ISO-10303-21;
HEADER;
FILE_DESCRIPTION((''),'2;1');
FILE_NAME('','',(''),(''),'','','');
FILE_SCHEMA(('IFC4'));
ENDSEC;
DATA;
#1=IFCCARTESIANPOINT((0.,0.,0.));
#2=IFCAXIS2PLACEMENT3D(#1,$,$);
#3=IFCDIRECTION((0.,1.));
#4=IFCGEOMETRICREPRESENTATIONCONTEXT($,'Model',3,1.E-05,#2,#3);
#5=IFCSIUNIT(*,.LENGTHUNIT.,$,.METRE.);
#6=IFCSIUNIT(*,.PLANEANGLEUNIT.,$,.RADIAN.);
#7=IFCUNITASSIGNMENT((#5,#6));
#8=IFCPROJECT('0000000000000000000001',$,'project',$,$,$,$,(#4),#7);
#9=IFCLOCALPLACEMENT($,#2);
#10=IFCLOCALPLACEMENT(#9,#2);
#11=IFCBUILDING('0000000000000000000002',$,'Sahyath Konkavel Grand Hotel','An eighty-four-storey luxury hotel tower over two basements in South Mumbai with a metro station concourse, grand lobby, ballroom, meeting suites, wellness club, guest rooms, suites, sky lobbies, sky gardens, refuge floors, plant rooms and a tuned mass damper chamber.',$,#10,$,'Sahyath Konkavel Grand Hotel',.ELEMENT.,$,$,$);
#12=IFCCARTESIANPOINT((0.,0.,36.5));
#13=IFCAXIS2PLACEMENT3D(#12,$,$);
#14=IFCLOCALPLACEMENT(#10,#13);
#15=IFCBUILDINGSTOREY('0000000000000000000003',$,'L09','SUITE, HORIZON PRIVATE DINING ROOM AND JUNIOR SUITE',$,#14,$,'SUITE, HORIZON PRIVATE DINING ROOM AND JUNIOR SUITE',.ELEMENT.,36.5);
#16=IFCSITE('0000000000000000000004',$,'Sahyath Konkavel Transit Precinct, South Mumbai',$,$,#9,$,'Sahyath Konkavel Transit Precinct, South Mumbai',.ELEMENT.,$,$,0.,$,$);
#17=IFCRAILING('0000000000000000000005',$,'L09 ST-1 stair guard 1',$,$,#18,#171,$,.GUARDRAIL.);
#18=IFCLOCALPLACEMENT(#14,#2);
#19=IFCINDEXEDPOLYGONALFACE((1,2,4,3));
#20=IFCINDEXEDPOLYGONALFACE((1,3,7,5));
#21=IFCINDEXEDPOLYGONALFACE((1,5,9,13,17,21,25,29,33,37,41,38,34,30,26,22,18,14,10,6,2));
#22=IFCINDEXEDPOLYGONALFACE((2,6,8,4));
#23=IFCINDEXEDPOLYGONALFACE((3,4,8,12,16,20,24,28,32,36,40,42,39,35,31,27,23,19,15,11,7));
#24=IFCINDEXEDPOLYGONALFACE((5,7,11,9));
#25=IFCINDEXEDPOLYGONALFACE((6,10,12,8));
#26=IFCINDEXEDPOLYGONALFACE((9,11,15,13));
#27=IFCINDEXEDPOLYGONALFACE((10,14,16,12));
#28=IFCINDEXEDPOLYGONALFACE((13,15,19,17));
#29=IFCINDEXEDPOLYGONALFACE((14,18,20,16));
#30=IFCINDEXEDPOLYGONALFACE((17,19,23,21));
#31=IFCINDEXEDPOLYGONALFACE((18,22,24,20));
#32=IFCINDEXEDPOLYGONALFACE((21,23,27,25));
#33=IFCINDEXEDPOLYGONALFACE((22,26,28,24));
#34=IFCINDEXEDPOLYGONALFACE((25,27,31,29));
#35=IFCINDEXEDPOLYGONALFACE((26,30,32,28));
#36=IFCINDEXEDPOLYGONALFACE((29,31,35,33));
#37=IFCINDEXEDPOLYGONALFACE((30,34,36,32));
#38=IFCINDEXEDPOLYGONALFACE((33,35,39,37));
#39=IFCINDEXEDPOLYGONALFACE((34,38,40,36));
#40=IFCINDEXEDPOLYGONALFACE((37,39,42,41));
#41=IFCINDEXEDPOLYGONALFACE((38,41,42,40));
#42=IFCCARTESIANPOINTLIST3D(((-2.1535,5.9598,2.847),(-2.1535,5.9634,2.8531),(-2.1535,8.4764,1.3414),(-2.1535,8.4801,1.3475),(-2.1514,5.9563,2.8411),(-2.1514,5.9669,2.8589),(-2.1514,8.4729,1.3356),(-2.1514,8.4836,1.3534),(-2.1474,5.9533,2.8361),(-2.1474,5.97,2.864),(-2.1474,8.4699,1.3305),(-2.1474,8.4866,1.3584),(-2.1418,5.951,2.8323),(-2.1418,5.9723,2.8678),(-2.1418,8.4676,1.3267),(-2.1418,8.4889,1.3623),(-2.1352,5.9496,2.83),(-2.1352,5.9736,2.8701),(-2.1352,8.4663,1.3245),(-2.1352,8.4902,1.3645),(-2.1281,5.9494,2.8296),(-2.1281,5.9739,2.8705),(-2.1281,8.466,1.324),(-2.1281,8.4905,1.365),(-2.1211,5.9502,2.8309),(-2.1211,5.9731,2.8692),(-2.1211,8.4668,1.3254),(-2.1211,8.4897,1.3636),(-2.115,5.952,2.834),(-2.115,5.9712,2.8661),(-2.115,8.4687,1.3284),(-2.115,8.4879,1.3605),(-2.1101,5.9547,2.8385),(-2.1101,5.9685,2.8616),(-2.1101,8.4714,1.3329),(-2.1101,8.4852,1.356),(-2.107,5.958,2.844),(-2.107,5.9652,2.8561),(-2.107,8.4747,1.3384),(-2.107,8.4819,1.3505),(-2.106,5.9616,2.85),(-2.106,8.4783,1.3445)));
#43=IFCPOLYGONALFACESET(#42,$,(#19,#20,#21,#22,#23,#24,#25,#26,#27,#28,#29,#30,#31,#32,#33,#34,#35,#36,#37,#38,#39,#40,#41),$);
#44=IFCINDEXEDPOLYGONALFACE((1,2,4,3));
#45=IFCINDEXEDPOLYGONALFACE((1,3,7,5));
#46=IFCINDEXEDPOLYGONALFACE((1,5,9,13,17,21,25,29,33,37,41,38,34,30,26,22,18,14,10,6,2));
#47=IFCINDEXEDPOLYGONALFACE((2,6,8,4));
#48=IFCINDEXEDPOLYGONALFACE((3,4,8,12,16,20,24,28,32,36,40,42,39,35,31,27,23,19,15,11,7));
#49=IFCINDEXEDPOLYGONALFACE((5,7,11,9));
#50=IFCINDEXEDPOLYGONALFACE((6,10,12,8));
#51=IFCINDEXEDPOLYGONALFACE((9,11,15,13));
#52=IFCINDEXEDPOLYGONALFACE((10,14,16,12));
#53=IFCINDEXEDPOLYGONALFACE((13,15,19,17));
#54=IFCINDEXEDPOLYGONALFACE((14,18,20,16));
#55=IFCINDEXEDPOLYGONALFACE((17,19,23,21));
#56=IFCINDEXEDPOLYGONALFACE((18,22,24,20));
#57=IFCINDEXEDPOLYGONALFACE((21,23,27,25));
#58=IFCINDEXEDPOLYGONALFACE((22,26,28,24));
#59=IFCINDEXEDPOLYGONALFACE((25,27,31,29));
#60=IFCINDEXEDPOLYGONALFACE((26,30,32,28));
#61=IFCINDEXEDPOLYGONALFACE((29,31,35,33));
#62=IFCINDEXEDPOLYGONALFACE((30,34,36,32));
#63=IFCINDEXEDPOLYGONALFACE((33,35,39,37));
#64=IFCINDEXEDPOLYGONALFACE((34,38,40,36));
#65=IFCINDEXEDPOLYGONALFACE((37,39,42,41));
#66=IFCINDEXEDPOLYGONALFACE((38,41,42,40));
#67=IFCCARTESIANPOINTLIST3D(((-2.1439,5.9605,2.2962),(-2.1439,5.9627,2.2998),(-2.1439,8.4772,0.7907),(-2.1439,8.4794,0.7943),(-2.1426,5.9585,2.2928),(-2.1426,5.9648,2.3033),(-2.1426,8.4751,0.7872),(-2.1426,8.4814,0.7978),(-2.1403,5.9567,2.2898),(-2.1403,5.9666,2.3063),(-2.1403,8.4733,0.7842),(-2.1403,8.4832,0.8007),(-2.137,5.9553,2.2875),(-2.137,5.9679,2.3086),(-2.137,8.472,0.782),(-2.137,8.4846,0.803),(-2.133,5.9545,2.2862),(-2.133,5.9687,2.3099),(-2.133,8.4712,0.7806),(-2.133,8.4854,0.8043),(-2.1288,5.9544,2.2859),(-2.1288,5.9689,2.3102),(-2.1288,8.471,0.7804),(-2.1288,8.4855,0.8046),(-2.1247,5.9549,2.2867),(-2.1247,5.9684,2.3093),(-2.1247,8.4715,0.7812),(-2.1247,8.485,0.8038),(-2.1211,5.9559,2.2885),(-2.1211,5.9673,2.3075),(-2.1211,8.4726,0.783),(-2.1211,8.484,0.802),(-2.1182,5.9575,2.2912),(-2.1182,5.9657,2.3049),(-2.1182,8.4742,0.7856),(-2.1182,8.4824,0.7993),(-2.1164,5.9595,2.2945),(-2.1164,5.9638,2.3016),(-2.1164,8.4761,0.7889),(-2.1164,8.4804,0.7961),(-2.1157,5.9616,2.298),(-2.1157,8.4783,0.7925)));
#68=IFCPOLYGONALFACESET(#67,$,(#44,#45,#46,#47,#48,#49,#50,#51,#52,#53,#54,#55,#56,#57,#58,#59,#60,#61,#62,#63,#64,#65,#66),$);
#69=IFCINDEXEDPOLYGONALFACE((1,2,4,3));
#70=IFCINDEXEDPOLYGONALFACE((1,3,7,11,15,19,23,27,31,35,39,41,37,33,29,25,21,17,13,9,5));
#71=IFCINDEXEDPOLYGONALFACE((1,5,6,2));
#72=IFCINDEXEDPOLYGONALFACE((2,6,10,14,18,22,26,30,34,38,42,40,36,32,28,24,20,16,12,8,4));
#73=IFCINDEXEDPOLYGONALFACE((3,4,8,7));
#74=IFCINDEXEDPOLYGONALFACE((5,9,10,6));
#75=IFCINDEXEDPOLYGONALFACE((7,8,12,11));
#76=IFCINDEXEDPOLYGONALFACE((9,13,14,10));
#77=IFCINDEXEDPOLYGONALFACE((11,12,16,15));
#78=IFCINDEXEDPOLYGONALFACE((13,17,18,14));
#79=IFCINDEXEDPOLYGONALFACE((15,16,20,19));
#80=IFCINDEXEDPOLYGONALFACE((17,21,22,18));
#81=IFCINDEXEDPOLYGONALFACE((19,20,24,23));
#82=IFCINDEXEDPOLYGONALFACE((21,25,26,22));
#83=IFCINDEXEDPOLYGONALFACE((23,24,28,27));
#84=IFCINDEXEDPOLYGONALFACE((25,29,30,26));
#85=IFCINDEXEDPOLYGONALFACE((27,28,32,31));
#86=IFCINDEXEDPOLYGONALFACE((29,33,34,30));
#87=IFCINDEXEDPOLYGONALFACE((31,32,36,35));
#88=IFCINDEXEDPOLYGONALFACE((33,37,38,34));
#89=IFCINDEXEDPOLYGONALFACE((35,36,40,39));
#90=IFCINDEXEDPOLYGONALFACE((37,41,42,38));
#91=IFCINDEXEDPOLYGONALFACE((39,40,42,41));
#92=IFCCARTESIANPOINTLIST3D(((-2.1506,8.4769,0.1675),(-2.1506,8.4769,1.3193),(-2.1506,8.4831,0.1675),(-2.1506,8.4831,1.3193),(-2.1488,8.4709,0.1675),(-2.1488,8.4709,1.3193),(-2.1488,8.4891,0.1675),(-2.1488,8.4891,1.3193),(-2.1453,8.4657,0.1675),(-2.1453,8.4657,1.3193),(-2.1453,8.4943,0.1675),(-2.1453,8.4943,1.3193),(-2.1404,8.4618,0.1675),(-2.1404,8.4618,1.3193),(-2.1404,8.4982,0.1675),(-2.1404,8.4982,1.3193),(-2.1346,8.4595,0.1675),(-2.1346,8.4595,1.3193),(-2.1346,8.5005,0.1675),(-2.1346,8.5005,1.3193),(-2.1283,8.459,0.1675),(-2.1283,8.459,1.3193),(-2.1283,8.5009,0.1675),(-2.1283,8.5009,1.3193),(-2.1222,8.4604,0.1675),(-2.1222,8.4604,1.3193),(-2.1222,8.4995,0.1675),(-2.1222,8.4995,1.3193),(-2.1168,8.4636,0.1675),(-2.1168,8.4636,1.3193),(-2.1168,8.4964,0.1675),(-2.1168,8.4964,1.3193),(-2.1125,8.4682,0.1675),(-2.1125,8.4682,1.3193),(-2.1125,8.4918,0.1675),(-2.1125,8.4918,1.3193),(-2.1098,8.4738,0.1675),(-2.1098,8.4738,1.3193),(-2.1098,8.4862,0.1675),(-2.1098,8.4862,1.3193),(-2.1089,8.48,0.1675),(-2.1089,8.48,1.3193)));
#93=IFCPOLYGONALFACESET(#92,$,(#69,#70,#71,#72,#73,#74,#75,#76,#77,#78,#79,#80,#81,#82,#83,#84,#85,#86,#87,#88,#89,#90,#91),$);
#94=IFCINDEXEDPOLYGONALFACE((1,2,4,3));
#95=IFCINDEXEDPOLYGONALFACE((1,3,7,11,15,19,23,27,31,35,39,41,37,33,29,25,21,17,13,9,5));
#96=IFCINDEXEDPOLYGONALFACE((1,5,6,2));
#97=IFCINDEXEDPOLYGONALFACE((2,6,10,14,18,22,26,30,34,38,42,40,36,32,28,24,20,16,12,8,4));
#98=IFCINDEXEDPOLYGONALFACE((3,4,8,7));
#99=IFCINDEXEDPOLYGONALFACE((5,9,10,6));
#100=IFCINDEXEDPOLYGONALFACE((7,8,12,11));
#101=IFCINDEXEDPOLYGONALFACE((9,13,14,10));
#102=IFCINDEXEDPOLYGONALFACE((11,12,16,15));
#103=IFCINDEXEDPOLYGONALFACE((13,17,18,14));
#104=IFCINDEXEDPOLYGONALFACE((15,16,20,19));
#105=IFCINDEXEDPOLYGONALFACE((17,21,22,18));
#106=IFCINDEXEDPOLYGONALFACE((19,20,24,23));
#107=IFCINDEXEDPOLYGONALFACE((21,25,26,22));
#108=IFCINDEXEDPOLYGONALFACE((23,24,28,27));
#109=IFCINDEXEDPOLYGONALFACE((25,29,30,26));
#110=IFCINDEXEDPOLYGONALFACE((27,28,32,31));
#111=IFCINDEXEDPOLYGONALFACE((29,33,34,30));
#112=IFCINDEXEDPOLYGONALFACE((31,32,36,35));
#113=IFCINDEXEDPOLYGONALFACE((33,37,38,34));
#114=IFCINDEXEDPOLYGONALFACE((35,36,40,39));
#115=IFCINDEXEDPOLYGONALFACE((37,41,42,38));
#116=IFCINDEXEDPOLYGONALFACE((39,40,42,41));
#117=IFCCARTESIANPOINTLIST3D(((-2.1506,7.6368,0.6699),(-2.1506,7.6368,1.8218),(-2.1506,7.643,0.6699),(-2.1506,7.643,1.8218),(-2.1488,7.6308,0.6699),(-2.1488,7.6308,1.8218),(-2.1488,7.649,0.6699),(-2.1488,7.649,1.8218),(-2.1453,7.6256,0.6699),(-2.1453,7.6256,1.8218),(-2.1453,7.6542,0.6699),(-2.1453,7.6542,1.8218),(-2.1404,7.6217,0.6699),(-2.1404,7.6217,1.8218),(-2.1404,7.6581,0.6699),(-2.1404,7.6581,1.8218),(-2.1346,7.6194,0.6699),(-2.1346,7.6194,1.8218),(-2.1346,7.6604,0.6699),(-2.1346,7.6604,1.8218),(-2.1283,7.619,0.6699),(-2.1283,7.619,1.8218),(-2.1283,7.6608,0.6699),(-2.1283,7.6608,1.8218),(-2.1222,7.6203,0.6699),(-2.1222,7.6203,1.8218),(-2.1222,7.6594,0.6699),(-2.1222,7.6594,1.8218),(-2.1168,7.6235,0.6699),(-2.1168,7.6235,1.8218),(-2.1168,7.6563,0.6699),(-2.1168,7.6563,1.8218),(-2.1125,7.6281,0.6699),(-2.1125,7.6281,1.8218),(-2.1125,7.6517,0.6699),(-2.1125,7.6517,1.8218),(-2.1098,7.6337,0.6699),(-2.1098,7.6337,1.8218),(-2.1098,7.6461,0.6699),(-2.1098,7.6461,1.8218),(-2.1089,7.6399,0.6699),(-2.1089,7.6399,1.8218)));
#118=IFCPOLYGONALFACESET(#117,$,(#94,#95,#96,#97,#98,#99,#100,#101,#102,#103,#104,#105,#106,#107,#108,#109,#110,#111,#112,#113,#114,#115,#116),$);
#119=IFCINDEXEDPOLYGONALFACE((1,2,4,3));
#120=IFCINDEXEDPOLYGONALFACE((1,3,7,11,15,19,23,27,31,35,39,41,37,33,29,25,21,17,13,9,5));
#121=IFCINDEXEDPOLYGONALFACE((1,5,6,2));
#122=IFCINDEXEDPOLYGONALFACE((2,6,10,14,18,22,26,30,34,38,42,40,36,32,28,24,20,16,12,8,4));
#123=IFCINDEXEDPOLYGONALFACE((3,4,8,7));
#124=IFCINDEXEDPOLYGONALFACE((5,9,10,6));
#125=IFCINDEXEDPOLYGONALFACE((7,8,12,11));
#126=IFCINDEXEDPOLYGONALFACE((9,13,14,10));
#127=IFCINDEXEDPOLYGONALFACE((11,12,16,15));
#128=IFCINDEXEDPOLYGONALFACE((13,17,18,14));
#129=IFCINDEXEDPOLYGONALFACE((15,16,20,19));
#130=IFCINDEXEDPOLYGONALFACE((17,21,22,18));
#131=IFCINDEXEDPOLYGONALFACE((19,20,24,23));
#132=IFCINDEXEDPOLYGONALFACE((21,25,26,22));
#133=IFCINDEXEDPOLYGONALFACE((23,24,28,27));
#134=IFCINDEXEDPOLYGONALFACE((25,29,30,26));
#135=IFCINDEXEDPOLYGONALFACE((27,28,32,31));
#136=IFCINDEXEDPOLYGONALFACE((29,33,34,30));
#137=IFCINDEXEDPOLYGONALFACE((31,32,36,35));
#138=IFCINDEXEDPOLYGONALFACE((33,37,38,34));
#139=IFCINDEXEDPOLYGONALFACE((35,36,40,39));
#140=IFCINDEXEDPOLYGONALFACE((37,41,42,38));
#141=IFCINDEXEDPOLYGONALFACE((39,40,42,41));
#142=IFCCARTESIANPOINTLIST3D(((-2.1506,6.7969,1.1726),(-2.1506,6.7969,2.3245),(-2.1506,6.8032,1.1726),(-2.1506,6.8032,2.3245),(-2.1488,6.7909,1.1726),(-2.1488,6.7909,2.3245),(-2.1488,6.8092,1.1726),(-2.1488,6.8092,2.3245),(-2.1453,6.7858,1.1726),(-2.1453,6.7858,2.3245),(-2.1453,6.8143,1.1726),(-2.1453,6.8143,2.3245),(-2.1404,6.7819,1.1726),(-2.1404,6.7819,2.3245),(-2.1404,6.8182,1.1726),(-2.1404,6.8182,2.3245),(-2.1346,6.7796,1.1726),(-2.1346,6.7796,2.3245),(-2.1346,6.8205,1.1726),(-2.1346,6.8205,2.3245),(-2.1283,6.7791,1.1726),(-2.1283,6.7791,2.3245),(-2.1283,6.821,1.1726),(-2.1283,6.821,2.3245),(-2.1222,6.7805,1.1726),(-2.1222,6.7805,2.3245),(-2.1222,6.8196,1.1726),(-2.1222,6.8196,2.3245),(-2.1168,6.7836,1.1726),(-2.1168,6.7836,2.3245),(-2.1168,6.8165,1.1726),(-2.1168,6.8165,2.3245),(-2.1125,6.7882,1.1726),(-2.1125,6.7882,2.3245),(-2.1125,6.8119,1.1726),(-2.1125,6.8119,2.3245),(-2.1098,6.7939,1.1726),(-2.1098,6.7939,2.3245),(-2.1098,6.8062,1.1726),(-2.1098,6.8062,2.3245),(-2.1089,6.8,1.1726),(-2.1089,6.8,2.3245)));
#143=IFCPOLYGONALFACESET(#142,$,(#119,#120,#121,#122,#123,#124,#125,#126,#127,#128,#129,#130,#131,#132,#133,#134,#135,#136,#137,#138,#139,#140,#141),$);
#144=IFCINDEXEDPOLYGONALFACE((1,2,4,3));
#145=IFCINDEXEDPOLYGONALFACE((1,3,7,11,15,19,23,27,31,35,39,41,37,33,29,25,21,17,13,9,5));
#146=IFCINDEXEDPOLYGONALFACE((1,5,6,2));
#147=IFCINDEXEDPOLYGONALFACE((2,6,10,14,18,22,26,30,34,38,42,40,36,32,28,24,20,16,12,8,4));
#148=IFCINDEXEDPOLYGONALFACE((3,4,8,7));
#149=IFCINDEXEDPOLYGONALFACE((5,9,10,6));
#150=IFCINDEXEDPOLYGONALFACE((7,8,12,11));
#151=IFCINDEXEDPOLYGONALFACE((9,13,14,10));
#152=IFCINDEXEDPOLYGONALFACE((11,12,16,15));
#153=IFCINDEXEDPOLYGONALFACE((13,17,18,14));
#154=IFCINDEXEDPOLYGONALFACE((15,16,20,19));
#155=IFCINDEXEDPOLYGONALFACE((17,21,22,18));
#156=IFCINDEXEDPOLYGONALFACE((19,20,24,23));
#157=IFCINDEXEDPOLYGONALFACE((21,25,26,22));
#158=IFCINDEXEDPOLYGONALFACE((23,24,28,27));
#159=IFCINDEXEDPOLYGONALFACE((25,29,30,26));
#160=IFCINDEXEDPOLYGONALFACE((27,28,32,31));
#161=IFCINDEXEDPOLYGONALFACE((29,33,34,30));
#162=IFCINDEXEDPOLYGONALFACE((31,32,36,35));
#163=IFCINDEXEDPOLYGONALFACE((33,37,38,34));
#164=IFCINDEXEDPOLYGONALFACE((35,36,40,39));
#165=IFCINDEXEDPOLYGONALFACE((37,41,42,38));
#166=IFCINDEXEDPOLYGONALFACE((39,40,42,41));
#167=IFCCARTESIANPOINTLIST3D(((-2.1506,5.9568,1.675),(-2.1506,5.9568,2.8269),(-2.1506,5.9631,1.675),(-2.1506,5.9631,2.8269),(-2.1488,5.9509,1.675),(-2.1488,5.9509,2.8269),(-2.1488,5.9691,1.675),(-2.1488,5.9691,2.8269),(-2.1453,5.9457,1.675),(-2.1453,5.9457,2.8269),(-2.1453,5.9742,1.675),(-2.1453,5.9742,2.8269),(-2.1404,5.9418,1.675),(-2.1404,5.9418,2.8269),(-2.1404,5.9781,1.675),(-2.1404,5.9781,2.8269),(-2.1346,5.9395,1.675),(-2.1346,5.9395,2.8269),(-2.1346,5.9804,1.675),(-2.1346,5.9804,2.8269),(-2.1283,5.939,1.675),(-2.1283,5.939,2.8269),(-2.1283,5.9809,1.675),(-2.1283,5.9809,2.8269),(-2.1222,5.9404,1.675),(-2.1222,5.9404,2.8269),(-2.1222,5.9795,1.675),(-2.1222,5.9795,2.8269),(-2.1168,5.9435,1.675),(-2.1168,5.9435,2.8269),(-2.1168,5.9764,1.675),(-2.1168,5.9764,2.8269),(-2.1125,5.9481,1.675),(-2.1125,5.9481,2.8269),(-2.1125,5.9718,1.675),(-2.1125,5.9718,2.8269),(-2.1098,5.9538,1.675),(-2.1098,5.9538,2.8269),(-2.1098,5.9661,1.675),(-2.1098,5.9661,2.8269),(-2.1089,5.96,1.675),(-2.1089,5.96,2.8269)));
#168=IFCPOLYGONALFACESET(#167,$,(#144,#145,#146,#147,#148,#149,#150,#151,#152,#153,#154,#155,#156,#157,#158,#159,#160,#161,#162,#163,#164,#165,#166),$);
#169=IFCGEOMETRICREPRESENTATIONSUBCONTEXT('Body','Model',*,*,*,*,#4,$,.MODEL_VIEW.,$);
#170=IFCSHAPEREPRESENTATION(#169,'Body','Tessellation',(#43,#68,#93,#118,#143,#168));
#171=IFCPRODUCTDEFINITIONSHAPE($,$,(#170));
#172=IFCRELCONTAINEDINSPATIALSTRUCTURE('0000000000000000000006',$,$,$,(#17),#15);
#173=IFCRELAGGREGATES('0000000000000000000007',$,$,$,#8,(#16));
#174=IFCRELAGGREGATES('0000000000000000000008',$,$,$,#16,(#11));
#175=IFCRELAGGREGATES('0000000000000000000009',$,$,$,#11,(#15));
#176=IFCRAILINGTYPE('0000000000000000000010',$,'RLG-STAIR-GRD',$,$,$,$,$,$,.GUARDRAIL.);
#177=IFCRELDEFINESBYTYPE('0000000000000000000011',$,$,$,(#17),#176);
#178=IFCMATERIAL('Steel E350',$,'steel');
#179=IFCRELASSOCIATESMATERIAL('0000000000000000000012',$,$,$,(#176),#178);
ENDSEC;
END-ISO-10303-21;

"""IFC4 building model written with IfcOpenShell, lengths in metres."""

from ifc_helpers import new_model, si_unit, direction, frame, origin, origin_2d, place, context, subcontext, project, spatial, circle, extrude, material, type_object, element, save


model = new_model("IFC4")

# Units and contexts
model_context = context("Model", 3, precision=1e-05, world=origin(), true_north=direction((0.0, 1.0)))
body_context = subcontext(model_context, "Body", "Model", "MODEL_VIEW")
ifc_project = project(units=[si_unit("LENGTHUNIT", "METRE"), si_unit("PLANEANGLEUNIT", "RADIAN")], contexts=[model_context])

# Site, building, storey
site_placement = place(None, origin())
site = spatial("IfcSite", under=ifc_project, at=site_placement, Name="Sahyath Konkavel Transit Precinct, South Mumbai", LongName="Sahyath Konkavel Transit Precinct, South Mumbai", CompositionType="ELEMENT", RefElevation=0.0)
building_placement = place(site_placement, origin())
building = spatial("IfcBuilding", under=site, at=building_placement, Name="Sahyath Konkavel Grand Hotel", Description="An eighty-four-storey luxury hotel tower over two basements in South Mumbai with a metro station concourse, grand lobby, ballroom, meeting suites, wellness club, guest rooms, suites, sky lobbies, sky gardens, refuge floors, plant rooms and a tuned mass damper chamber.", LongName="Sahyath Konkavel Grand Hotel", CompositionType="ELEMENT")
storey_placement = place(building_placement, frame((0.0, 0.0, 36.5)))
storey = spatial("IfcBuildingStorey", under=building, at=storey_placement, Name="L09", Description="SUITE, HORIZON PRIVATE DINING ROOM AND JUNIOR SUITE", LongName="SUITE, HORIZON PRIVATE DINING ROOM AND JUNIOR SUITE", CompositionType="ELEMENT", Elevation=36.5)

# Shared definitions
ifc_material_1 = material(Name="Steel E350", Category="steel")

# Railing
railing_type_1 = type_object("IfcRailingType", Name="RLG-STAIR-GRD", PredefinedType="GUARDRAIL", material=ifc_material_1)
railing_1_placement = place(storey_placement, frame((-2.1299, 8.48, 0.1675)))
element("IfcRailing", 1, at=railing_1_placement, inside=storey, type_object=railing_type_1, Name="L09 ST-1 stair guard 1", PredefinedType="GUARDRAIL", context=body_context, shape_type="SweptSolid", body=[
    extrude(circle(Radius=0.0239, at=origin_2d()), frame((0.0, -0.0017, 1.177), z_axis=(0.0, -0.85816, 0.513383), x_axis=(1.0, 0.0, 0.0)), (0.0, 0.0, 1.0), 2.9326),
    extrude(circle(Radius=0.0142, at=origin_2d()), frame((0.0, -0.0017, 0.625), z_axis=(0.0, -0.85816, 0.513383), x_axis=(1.0, 0.0, 0.0)), (0.0, 0.0, 1.0), 2.9326),
    extrude(circle(Radius=0.021, at=origin_2d()), origin(), (0.0, 0.0, 1.0), 1.1519),
    extrude(circle(Radius=0.021, at=origin_2d()), frame((0.0, -0.8401, 0.5024)), (0.0, 0.0, 1.0), 1.1519),
    extrude(circle(Radius=0.021, at=origin_2d()), frame((0.0, -1.6799, 1.0051)), (0.0, 0.0, 1.0), 1.1519),
    extrude(circle(Radius=0.021, at=origin_2d()), frame((0.0, -2.52, 1.5076)), (0.0, 0.0, 1.0), 1.1519),
])

save(model, "model.ifc")
